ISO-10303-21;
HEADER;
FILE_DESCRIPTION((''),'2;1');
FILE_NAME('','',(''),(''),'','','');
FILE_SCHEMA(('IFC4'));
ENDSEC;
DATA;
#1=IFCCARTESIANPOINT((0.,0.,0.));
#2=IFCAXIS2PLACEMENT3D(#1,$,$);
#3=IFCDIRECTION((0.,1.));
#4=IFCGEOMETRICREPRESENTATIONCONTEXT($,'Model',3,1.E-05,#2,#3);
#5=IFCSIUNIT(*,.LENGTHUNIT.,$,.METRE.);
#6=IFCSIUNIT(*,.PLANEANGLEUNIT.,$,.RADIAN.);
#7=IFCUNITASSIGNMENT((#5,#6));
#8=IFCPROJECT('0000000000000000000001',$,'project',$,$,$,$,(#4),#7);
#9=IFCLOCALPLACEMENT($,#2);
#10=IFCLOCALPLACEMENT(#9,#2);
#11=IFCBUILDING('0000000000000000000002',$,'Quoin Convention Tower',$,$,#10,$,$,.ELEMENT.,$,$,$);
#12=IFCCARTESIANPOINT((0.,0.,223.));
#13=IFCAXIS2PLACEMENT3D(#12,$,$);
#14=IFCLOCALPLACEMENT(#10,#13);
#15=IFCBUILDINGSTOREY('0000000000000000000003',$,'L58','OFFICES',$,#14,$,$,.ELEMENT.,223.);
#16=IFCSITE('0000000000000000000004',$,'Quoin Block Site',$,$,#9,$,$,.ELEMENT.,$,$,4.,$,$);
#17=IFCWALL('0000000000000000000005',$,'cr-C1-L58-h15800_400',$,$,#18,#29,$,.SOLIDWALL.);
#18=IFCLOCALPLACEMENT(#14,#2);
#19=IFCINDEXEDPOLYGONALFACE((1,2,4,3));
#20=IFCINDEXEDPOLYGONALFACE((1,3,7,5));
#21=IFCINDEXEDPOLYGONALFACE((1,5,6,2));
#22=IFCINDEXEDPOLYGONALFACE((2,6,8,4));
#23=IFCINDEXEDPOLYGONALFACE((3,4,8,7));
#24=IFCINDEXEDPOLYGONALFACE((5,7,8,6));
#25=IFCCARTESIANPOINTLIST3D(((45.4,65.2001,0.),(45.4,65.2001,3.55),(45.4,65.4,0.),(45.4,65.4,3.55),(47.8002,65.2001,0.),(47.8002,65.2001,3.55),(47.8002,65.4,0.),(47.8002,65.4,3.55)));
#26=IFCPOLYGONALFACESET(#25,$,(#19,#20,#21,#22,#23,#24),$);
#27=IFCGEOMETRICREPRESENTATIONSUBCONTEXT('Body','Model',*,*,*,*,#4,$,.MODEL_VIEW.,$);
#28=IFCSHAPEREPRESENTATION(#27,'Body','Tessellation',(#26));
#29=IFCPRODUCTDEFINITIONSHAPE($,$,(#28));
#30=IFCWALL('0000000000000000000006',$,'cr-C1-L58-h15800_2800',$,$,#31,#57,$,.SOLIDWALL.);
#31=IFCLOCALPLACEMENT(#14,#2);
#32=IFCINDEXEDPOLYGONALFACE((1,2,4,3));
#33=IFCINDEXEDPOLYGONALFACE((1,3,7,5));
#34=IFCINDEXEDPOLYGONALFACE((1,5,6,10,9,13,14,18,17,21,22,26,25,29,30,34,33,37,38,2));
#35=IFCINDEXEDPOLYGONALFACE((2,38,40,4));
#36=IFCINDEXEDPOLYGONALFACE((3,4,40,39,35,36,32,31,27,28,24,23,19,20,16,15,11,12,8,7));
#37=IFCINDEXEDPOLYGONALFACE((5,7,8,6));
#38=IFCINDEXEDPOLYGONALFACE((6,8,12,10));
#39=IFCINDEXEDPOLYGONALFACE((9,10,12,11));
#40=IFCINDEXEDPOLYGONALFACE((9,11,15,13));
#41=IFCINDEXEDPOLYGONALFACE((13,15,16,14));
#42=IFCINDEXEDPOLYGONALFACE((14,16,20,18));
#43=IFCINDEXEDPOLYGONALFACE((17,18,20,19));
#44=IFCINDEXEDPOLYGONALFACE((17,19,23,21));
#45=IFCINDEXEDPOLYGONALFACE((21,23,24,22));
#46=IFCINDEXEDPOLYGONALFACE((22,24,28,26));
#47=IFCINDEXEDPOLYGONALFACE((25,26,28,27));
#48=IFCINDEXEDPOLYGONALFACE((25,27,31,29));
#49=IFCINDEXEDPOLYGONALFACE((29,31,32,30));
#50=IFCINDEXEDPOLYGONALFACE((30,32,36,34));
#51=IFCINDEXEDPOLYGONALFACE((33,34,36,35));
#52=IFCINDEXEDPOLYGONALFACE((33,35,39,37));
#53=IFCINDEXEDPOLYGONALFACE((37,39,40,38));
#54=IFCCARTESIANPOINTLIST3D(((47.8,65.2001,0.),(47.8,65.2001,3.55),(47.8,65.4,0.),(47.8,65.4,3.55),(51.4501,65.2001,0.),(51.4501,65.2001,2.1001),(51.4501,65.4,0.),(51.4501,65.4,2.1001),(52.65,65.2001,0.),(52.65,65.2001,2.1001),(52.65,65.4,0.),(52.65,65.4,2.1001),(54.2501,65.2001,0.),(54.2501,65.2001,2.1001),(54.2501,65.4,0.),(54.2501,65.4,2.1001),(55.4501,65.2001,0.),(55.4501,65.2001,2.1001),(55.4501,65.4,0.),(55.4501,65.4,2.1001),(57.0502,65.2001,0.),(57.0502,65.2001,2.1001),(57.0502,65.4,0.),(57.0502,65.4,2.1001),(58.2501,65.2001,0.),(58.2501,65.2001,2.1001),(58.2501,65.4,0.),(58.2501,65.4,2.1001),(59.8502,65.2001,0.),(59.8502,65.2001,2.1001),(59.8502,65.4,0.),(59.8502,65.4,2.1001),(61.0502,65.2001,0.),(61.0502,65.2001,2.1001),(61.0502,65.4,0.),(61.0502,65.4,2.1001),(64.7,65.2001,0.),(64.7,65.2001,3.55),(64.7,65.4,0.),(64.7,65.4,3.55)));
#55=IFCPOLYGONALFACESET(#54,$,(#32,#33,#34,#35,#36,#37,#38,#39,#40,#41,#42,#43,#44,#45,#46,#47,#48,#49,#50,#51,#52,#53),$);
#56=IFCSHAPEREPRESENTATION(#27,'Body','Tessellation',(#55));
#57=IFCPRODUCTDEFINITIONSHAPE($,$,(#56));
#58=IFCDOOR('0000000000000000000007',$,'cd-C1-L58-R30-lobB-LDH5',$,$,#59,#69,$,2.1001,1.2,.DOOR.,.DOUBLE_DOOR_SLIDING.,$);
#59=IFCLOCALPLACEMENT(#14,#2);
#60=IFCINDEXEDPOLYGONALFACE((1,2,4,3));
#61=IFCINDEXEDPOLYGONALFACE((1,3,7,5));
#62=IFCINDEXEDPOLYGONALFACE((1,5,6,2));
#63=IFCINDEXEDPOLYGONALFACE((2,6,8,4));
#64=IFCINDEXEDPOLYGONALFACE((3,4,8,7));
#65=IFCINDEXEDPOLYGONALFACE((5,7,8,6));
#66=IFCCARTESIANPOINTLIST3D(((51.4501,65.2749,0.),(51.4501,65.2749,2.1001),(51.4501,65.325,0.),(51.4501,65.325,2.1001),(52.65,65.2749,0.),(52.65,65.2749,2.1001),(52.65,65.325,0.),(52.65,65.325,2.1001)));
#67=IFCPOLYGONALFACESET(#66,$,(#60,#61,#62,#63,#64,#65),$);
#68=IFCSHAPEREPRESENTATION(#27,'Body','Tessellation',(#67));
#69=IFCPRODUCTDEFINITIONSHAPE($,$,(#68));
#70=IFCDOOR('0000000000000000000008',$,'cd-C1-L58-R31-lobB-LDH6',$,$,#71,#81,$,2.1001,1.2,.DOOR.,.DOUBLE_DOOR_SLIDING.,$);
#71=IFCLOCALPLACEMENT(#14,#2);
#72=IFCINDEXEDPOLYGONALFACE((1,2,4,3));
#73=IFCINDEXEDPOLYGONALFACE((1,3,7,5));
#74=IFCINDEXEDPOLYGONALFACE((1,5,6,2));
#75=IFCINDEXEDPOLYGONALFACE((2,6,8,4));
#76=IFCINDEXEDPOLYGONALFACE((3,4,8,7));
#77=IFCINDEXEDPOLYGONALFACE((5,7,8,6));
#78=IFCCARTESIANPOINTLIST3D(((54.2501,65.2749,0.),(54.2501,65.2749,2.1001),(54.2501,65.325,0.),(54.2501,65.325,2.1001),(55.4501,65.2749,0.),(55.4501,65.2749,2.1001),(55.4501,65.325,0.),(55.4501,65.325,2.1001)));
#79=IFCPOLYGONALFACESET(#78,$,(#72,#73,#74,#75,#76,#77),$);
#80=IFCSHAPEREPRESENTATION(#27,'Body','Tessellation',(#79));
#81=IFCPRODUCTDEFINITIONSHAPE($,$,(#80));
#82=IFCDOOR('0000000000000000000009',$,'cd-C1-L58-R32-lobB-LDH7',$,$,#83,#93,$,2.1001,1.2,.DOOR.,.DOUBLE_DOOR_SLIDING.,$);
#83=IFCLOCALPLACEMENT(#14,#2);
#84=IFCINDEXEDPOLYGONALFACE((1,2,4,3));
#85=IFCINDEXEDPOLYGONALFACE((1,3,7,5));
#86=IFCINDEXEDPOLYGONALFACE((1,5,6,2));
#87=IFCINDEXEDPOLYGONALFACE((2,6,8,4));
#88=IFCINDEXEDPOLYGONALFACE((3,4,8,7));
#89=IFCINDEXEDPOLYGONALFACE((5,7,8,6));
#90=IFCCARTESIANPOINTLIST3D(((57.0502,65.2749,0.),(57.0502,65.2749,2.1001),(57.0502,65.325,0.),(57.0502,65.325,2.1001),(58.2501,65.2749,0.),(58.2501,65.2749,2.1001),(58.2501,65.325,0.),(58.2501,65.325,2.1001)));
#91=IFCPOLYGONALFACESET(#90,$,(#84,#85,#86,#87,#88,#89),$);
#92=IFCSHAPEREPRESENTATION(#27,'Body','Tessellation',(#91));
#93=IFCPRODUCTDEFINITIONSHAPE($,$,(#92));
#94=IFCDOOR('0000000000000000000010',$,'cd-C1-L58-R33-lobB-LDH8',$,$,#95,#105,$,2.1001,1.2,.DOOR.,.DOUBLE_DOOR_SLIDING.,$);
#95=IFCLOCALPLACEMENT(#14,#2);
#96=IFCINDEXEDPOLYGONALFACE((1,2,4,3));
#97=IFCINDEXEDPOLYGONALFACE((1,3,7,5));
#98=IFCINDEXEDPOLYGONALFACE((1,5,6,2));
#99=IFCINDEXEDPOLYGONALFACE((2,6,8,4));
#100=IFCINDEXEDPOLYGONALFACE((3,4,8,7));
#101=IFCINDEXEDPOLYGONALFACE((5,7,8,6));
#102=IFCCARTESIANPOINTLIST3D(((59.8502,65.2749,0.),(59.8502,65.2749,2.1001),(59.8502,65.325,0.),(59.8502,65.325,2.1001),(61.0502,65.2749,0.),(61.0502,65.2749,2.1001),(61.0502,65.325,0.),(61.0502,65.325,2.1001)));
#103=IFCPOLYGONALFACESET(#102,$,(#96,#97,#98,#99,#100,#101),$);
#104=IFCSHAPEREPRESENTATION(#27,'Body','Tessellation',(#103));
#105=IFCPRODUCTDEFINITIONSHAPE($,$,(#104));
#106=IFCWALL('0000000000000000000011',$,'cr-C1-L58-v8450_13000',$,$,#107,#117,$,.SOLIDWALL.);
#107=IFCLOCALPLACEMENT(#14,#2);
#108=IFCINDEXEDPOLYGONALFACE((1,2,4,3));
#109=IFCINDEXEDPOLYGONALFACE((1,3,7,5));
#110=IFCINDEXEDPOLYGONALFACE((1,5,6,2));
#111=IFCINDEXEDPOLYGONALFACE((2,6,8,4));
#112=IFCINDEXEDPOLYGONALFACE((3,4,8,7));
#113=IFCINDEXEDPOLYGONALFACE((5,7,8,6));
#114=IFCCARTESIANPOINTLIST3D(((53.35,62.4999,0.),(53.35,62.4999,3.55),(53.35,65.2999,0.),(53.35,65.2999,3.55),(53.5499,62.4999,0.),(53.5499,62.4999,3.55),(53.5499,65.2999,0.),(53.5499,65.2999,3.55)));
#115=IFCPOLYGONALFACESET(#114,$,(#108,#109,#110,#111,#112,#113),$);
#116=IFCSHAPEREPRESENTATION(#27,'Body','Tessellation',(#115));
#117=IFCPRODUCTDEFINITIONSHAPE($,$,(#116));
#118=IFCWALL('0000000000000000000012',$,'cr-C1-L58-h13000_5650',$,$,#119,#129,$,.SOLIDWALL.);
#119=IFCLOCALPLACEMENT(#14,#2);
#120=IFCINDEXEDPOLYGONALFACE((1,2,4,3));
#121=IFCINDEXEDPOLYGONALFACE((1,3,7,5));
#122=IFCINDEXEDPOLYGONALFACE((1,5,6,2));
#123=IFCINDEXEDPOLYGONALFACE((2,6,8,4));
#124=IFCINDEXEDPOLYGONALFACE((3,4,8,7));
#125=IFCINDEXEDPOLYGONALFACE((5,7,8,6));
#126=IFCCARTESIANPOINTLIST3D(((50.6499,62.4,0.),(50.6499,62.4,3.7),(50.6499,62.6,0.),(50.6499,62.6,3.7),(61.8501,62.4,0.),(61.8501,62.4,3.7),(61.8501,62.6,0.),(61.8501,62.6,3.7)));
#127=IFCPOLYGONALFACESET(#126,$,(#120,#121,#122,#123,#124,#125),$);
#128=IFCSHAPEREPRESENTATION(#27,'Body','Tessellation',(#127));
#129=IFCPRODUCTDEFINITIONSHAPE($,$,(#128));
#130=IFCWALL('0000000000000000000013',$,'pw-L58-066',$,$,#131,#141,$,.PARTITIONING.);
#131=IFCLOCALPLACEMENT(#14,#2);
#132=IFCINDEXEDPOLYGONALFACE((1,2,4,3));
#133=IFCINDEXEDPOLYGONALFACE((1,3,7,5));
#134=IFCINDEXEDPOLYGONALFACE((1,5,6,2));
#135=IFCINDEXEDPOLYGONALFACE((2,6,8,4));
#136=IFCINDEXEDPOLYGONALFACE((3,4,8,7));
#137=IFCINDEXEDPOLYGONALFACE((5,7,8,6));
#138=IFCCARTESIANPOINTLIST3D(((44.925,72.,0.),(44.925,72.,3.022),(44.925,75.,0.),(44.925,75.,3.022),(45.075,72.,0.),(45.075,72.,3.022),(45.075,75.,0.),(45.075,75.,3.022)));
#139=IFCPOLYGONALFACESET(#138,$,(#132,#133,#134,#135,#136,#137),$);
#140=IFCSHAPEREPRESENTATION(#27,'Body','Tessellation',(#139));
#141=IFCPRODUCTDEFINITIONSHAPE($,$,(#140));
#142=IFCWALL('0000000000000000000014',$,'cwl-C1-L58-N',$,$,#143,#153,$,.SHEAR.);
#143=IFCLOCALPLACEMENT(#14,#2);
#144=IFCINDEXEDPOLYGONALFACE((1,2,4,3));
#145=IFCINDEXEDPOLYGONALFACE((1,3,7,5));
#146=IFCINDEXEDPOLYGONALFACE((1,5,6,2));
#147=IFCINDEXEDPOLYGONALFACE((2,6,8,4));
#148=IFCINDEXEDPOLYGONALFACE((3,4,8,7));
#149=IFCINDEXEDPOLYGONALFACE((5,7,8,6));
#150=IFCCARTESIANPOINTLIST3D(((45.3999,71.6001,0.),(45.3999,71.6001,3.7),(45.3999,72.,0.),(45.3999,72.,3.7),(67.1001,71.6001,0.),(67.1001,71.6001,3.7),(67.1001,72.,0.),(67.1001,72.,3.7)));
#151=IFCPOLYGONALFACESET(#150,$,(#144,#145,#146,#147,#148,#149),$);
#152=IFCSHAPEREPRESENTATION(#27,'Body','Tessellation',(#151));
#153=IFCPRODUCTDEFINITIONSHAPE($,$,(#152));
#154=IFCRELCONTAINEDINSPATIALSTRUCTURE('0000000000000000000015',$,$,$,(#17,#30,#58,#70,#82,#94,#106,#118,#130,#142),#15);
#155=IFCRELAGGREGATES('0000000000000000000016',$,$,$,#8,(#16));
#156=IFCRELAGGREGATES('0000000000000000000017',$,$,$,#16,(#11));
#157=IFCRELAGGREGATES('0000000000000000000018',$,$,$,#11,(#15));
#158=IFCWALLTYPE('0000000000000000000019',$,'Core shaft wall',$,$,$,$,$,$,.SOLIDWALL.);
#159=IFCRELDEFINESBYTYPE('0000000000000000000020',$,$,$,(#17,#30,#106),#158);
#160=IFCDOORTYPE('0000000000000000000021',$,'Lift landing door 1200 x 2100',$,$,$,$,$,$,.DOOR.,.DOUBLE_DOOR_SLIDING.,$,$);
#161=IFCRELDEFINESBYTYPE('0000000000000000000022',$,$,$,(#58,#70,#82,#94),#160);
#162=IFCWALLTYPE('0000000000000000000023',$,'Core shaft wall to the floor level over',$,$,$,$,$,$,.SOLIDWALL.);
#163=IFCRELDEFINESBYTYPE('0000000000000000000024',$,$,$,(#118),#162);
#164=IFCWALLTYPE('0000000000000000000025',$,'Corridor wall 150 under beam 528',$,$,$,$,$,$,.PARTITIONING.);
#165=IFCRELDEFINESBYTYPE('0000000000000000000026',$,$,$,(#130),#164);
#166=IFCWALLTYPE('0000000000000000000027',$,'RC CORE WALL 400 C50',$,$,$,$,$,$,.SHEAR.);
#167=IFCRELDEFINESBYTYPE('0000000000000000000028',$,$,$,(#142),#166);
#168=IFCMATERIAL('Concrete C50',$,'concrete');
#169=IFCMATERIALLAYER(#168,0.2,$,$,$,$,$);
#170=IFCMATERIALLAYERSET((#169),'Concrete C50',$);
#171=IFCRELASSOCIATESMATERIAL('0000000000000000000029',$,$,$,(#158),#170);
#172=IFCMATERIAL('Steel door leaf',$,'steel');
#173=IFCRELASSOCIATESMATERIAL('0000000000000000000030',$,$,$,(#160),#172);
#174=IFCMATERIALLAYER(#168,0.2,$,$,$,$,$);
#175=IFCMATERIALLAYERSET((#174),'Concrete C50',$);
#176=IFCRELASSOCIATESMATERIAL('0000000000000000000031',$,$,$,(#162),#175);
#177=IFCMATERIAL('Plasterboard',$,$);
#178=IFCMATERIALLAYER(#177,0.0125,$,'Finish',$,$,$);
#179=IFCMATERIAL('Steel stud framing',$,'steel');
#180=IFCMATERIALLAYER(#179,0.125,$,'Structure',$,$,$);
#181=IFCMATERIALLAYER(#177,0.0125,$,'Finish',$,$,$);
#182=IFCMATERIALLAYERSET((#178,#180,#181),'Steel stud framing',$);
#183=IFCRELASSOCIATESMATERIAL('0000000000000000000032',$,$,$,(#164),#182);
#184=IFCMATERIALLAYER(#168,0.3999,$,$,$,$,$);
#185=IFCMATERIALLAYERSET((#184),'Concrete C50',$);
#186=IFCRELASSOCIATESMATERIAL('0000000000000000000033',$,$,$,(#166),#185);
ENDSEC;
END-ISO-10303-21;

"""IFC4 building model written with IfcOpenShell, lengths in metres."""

from ifc_helpers import new_model, si_unit, direction, frame, frame_2d, origin, place, context, subcontext, project, spatial, rectangle, extrude, material, layer, layer_set, type_object, element, fill, save


model = new_model("IFC4")

# Units and contexts
model_context = context("Model", 3, precision=1e-05, world=origin(), true_north=direction((0.0, 1.0)))
body_context = subcontext(model_context, "Body", "Model", "MODEL_VIEW")
ifc_project = project(units=[si_unit("LENGTHUNIT", "METRE"), si_unit("PLANEANGLEUNIT", "RADIAN")], contexts=[model_context])

# Site, building, storey
site_placement = place(None, origin())
site = spatial("IfcSite", under=ifc_project, at=site_placement, Name="Quoin Block Site", CompositionType="ELEMENT", RefElevation=4.0)
building_placement = place(site_placement, origin())
building = spatial("IfcBuilding", under=site, at=building_placement, Name="Quoin Convention Tower", CompositionType="ELEMENT")
storey_placement = place(building_placement, frame((0.0, 0.0, 223.0)))
storey = spatial("IfcBuildingStorey", under=building, at=storey_placement, Name="L58", Description="OFFICES", CompositionType="ELEMENT", Elevation=223.0)

# Shared definitions
ifc_material_1 = material(Name="Plasterboard")
ifc_material_2 = material(Name="Steel stud framing", Category="steel")
ifc_material_3 = material(Name="Steel door leaf", Category="steel")

# Wall
ifc_material_4 = material(Name="Concrete C50", Category="concrete")
ifc_layer_1 = layer(ifc_material_4, 0.2)
ifc_layer_set_1 = layer_set([ifc_layer_1], Name="Concrete C50")
wall_type_1 = type_object("IfcWallType", Name="Core shaft wall", PredefinedType="SOLIDWALL", material=ifc_layer_set_1)
wall_1_placement = place(storey_placement, frame((45.3999, 65.3, 0.0), z_axis=(0.0, 0.0, 1.0), x_axis=(1.0, 0.0, 0.0)))
element("IfcWall", 1, at=wall_1_placement, inside=storey, type_object=wall_type_1, Name="cr-C1-L58-h15800_400", PredefinedType="SOLIDWALL", context=body_context, shape_type="SweptSolid", body=[
    extrude(rectangle(XDim=2.4001, YDim=0.2, at=frame_2d((1.2002, 0.0))), origin(), (0.0, 0.0, 1.0), 3.55),
])

# Wall, openings, doors
wall_2_placement = place(storey_placement, frame((47.8, 65.3, 0.0), z_axis=(0.0, 0.0, 1.0), x_axis=(1.0, 0.0, 0.0)))
wall_2 = element("IfcWall", 2, at=wall_2_placement, inside=storey, type_object=wall_type_1, Name="cr-C1-L58-h15800_2800", PredefinedType="SOLIDWALL", context=body_context, shape_type="SweptSolid", body=[
    extrude(rectangle(XDim=16.8999, YDim=0.2, at=frame_2d((8.45, 0.0))), origin(), (0.0, 0.0, 1.0), 3.55),
])
opening_1_placement = place(wall_2_placement, frame((3.6499, 0.0, 0.0)))
opening_1 = element("IfcOpeningElement", 3, at=opening_1_placement, cuts=wall_2, PredefinedType="OPENING", context=body_context, shape_type="SweptSolid", body=[
    extrude(rectangle(XDim=1.2, YDim=2.1001, at=frame_2d((0.6001, 1.05))), frame((0.0, 0.1099, 0.0), z_axis=(0.0, -1.0, 0.0), x_axis=(1.0, 0.0, 0.0)), (0.0, 0.0, 1.0), 0.22),
])
opening_2_placement = place(wall_2_placement, frame((6.45, 0.0, 0.0)))
opening_2 = element("IfcOpeningElement", 4, at=opening_2_placement, cuts=wall_2, PredefinedType="OPENING", context=body_context, shape_type="SweptSolid", body=[
    extrude(rectangle(XDim=1.2, YDim=2.1001, at=frame_2d((0.6001, 1.05))), frame((0.0, 0.1099, 0.0), z_axis=(0.0, -1.0, 0.0), x_axis=(1.0, 0.0, 0.0)), (0.0, 0.0, 1.0), 0.22),
])
opening_3_placement = place(wall_2_placement, frame((9.25, 0.0, 0.0)))
opening_3 = element("IfcOpeningElement", 5, at=opening_3_placement, cuts=wall_2, PredefinedType="OPENING", context=body_context, shape_type="SweptSolid", body=[
    extrude(rectangle(XDim=1.2, YDim=2.1001, at=frame_2d((0.6001, 1.05))), frame((0.0, 0.1099, 0.0), z_axis=(0.0, -1.0, 0.0), x_axis=(1.0, 0.0, 0.0)), (0.0, 0.0, 1.0), 0.22),
])
opening_4_placement = place(wall_2_placement, frame((12.05, 0.0, 0.0)))
opening_4 = element("IfcOpeningElement", 6, at=opening_4_placement, cuts=wall_2, PredefinedType="OPENING", context=body_context, shape_type="SweptSolid", body=[
    extrude(rectangle(XDim=1.2, YDim=2.1001, at=frame_2d((0.6001, 1.05))), frame((0.0, 0.1099, 0.0), z_axis=(0.0, -1.0, 0.0), x_axis=(1.0, 0.0, 0.0)), (0.0, 0.0, 1.0), 0.22),
])
door_type_1 = type_object("IfcDoorType", Name="Lift landing door 1200 x 2100", OperationType="DOUBLE_DOOR_SLIDING", PredefinedType="DOOR", material=ifc_material_3)
door_1_placement = place(opening_1_placement, origin())
door_1 = element("IfcDoor", 7, at=door_1_placement, inside=storey, type_object=door_type_1, Name="cd-C1-L58-R30-lobB-LDH5", OperationType="DOUBLE_DOOR_SLIDING", OverallHeight=2.1001, OverallWidth=1.2, PredefinedType="DOOR", context=body_context, shape_type="SweptSolid", body=[
    extrude(rectangle(XDim=1.2, YDim=2.1001, at=frame_2d((0.6001, 1.05))), frame((0.0, 0.0249, 0.0), z_axis=(0.0, -1.0, 0.0), x_axis=(1.0, 0.0, 0.0)), (0.0, 0.0, 1.0), 0.05),
])
fill(opening_1, door_1)
door_2_placement = place(opening_2_placement, origin())
door_2 = element("IfcDoor", 8, at=door_2_placement, inside=storey, type_object=door_type_1, Name="cd-C1-L58-R31-lobB-LDH6", OperationType="DOUBLE_DOOR_SLIDING", OverallHeight=2.1001, OverallWidth=1.2, PredefinedType="DOOR", context=body_context, shape_type="SweptSolid", body=[
    extrude(rectangle(XDim=1.2, YDim=2.1001, at=frame_2d((0.6001, 1.05))), frame((0.0, 0.0249, 0.0), z_axis=(0.0, -1.0, 0.0), x_axis=(1.0, 0.0, 0.0)), (0.0, 0.0, 1.0), 0.05),
])
fill(opening_2, door_2)
door_3_placement = place(opening_3_placement, origin())
door_3 = element("IfcDoor", 9, at=door_3_placement, inside=storey, type_object=door_type_1, Name="cd-C1-L58-R32-lobB-LDH7", OperationType="DOUBLE_DOOR_SLIDING", OverallHeight=2.1001, OverallWidth=1.2, PredefinedType="DOOR", context=body_context, shape_type="SweptSolid", body=[
    extrude(rectangle(XDim=1.2, YDim=2.1001, at=frame_2d((0.6001, 1.05))), frame((0.0, 0.0249, 0.0), z_axis=(0.0, -1.0, 0.0), x_axis=(1.0, 0.0, 0.0)), (0.0, 0.0, 1.0), 0.05),
])
fill(opening_3, door_3)
door_4_placement = place(opening_4_placement, origin())
door_4 = element("IfcDoor", 10, at=door_4_placement, inside=storey, type_object=door_type_1, Name="cd-C1-L58-R33-lobB-LDH8", OperationType="DOUBLE_DOOR_SLIDING", OverallHeight=2.1001, OverallWidth=1.2, PredefinedType="DOOR", context=body_context, shape_type="SweptSolid", body=[
    extrude(rectangle(XDim=1.2, YDim=2.1001, at=frame_2d((0.6001, 1.05))), frame((0.0, 0.0249, 0.0), z_axis=(0.0, -1.0, 0.0), x_axis=(1.0, 0.0, 0.0)), (0.0, 0.0, 1.0), 0.05),
])
fill(opening_4, door_4)

# Walls
wall_3_placement = place(storey_placement, frame((53.45, 62.5, 0.0), z_axis=(0.0, 0.0, 1.0), x_axis=(0.0, 1.0, 0.0)))
element("IfcWall", 11, at=wall_3_placement, inside=storey, type_object=wall_type_1, Name="cr-C1-L58-v8450_13000", PredefinedType="SOLIDWALL", context=body_context, shape_type="SweptSolid", body=[
    extrude(rectangle(XDim=2.8, YDim=0.2, at=frame_2d((1.3999, 0.0))), origin(), (0.0, 0.0, 1.0), 3.55),
])
ifc_layer_2 = layer(ifc_material_4, 0.2)
ifc_layer_set_2 = layer_set([ifc_layer_2], Name="Concrete C50")
wall_type_2 = type_object("IfcWallType", Name="Core shaft wall to the floor level over", PredefinedType="SOLIDWALL", material=ifc_layer_set_2)
wall_4_placement = place(storey_placement, frame((50.6499, 62.5, 0.0), z_axis=(0.0, 0.0, 1.0), x_axis=(1.0, 0.0, 0.0)))
element("IfcWall", 12, at=wall_4_placement, inside=storey, type_object=wall_type_2, Name="cr-C1-L58-h13000_5650", PredefinedType="SOLIDWALL", context=body_context, shape_type="SweptSolid", body=[
    extrude(rectangle(XDim=11.2002, YDim=0.2, at=frame_2d((5.6001, 0.0))), origin(), (0.0, 0.0, 1.0), 3.7),
])
ifc_layer_3 = layer(ifc_material_1, 0.0125, Name="Finish")
ifc_layer_4 = layer(ifc_material_2, 0.125, Name="Structure")
ifc_layer_5 = layer(ifc_material_1, 0.0125, Name="Finish")
ifc_layer_set_3 = layer_set([ifc_layer_3, ifc_layer_4, ifc_layer_5], Name="Steel stud framing")
wall_type_3 = type_object("IfcWallType", Name="Corridor wall 150 under beam 528", PredefinedType="PARTITIONING", material=ifc_layer_set_3)
wall_5_placement = place(storey_placement, frame((45.0, 72.0, 0.0), z_axis=(0.0, 0.0, 1.0), x_axis=(0.0, 1.0, 0.0)))
element("IfcWall", 13, at=wall_5_placement, inside=storey, type_object=wall_type_3, Name="pw-L58-066", PredefinedType="PARTITIONING", context=body_context, shape_type="SweptSolid", body=[
    extrude(rectangle(XDim=3.0, YDim=0.1499, at=frame_2d((1.5, 0.0))), origin(), (0.0, 0.0, 1.0), 3.022),
])
ifc_layer_6 = layer(ifc_material_4, 0.3999)
ifc_layer_set_4 = layer_set([ifc_layer_6], Name="Concrete C50")
wall_type_4 = type_object("IfcWallType", Name="RC CORE WALL 400 C50", PredefinedType="SHEAR", material=ifc_layer_set_4)
wall_6_placement = place(storey_placement, frame((45.3999, 71.8, 0.0), z_axis=(0.0, 0.0, 1.0), x_axis=(1.0, 0.0, 0.0)))
element("IfcWall", 14, at=wall_6_placement, inside=storey, type_object=wall_type_4, Name="cwl-C1-L58-N", PredefinedType="SHEAR", context=body_context, shape_type="SweptSolid", body=[
    extrude(rectangle(XDim=21.7002, YDim=0.3999, at=frame_2d((10.8501, 0.0))), origin(), (0.0, 0.0, 1.0), 3.7),
])

save(model, "model.ifc")
